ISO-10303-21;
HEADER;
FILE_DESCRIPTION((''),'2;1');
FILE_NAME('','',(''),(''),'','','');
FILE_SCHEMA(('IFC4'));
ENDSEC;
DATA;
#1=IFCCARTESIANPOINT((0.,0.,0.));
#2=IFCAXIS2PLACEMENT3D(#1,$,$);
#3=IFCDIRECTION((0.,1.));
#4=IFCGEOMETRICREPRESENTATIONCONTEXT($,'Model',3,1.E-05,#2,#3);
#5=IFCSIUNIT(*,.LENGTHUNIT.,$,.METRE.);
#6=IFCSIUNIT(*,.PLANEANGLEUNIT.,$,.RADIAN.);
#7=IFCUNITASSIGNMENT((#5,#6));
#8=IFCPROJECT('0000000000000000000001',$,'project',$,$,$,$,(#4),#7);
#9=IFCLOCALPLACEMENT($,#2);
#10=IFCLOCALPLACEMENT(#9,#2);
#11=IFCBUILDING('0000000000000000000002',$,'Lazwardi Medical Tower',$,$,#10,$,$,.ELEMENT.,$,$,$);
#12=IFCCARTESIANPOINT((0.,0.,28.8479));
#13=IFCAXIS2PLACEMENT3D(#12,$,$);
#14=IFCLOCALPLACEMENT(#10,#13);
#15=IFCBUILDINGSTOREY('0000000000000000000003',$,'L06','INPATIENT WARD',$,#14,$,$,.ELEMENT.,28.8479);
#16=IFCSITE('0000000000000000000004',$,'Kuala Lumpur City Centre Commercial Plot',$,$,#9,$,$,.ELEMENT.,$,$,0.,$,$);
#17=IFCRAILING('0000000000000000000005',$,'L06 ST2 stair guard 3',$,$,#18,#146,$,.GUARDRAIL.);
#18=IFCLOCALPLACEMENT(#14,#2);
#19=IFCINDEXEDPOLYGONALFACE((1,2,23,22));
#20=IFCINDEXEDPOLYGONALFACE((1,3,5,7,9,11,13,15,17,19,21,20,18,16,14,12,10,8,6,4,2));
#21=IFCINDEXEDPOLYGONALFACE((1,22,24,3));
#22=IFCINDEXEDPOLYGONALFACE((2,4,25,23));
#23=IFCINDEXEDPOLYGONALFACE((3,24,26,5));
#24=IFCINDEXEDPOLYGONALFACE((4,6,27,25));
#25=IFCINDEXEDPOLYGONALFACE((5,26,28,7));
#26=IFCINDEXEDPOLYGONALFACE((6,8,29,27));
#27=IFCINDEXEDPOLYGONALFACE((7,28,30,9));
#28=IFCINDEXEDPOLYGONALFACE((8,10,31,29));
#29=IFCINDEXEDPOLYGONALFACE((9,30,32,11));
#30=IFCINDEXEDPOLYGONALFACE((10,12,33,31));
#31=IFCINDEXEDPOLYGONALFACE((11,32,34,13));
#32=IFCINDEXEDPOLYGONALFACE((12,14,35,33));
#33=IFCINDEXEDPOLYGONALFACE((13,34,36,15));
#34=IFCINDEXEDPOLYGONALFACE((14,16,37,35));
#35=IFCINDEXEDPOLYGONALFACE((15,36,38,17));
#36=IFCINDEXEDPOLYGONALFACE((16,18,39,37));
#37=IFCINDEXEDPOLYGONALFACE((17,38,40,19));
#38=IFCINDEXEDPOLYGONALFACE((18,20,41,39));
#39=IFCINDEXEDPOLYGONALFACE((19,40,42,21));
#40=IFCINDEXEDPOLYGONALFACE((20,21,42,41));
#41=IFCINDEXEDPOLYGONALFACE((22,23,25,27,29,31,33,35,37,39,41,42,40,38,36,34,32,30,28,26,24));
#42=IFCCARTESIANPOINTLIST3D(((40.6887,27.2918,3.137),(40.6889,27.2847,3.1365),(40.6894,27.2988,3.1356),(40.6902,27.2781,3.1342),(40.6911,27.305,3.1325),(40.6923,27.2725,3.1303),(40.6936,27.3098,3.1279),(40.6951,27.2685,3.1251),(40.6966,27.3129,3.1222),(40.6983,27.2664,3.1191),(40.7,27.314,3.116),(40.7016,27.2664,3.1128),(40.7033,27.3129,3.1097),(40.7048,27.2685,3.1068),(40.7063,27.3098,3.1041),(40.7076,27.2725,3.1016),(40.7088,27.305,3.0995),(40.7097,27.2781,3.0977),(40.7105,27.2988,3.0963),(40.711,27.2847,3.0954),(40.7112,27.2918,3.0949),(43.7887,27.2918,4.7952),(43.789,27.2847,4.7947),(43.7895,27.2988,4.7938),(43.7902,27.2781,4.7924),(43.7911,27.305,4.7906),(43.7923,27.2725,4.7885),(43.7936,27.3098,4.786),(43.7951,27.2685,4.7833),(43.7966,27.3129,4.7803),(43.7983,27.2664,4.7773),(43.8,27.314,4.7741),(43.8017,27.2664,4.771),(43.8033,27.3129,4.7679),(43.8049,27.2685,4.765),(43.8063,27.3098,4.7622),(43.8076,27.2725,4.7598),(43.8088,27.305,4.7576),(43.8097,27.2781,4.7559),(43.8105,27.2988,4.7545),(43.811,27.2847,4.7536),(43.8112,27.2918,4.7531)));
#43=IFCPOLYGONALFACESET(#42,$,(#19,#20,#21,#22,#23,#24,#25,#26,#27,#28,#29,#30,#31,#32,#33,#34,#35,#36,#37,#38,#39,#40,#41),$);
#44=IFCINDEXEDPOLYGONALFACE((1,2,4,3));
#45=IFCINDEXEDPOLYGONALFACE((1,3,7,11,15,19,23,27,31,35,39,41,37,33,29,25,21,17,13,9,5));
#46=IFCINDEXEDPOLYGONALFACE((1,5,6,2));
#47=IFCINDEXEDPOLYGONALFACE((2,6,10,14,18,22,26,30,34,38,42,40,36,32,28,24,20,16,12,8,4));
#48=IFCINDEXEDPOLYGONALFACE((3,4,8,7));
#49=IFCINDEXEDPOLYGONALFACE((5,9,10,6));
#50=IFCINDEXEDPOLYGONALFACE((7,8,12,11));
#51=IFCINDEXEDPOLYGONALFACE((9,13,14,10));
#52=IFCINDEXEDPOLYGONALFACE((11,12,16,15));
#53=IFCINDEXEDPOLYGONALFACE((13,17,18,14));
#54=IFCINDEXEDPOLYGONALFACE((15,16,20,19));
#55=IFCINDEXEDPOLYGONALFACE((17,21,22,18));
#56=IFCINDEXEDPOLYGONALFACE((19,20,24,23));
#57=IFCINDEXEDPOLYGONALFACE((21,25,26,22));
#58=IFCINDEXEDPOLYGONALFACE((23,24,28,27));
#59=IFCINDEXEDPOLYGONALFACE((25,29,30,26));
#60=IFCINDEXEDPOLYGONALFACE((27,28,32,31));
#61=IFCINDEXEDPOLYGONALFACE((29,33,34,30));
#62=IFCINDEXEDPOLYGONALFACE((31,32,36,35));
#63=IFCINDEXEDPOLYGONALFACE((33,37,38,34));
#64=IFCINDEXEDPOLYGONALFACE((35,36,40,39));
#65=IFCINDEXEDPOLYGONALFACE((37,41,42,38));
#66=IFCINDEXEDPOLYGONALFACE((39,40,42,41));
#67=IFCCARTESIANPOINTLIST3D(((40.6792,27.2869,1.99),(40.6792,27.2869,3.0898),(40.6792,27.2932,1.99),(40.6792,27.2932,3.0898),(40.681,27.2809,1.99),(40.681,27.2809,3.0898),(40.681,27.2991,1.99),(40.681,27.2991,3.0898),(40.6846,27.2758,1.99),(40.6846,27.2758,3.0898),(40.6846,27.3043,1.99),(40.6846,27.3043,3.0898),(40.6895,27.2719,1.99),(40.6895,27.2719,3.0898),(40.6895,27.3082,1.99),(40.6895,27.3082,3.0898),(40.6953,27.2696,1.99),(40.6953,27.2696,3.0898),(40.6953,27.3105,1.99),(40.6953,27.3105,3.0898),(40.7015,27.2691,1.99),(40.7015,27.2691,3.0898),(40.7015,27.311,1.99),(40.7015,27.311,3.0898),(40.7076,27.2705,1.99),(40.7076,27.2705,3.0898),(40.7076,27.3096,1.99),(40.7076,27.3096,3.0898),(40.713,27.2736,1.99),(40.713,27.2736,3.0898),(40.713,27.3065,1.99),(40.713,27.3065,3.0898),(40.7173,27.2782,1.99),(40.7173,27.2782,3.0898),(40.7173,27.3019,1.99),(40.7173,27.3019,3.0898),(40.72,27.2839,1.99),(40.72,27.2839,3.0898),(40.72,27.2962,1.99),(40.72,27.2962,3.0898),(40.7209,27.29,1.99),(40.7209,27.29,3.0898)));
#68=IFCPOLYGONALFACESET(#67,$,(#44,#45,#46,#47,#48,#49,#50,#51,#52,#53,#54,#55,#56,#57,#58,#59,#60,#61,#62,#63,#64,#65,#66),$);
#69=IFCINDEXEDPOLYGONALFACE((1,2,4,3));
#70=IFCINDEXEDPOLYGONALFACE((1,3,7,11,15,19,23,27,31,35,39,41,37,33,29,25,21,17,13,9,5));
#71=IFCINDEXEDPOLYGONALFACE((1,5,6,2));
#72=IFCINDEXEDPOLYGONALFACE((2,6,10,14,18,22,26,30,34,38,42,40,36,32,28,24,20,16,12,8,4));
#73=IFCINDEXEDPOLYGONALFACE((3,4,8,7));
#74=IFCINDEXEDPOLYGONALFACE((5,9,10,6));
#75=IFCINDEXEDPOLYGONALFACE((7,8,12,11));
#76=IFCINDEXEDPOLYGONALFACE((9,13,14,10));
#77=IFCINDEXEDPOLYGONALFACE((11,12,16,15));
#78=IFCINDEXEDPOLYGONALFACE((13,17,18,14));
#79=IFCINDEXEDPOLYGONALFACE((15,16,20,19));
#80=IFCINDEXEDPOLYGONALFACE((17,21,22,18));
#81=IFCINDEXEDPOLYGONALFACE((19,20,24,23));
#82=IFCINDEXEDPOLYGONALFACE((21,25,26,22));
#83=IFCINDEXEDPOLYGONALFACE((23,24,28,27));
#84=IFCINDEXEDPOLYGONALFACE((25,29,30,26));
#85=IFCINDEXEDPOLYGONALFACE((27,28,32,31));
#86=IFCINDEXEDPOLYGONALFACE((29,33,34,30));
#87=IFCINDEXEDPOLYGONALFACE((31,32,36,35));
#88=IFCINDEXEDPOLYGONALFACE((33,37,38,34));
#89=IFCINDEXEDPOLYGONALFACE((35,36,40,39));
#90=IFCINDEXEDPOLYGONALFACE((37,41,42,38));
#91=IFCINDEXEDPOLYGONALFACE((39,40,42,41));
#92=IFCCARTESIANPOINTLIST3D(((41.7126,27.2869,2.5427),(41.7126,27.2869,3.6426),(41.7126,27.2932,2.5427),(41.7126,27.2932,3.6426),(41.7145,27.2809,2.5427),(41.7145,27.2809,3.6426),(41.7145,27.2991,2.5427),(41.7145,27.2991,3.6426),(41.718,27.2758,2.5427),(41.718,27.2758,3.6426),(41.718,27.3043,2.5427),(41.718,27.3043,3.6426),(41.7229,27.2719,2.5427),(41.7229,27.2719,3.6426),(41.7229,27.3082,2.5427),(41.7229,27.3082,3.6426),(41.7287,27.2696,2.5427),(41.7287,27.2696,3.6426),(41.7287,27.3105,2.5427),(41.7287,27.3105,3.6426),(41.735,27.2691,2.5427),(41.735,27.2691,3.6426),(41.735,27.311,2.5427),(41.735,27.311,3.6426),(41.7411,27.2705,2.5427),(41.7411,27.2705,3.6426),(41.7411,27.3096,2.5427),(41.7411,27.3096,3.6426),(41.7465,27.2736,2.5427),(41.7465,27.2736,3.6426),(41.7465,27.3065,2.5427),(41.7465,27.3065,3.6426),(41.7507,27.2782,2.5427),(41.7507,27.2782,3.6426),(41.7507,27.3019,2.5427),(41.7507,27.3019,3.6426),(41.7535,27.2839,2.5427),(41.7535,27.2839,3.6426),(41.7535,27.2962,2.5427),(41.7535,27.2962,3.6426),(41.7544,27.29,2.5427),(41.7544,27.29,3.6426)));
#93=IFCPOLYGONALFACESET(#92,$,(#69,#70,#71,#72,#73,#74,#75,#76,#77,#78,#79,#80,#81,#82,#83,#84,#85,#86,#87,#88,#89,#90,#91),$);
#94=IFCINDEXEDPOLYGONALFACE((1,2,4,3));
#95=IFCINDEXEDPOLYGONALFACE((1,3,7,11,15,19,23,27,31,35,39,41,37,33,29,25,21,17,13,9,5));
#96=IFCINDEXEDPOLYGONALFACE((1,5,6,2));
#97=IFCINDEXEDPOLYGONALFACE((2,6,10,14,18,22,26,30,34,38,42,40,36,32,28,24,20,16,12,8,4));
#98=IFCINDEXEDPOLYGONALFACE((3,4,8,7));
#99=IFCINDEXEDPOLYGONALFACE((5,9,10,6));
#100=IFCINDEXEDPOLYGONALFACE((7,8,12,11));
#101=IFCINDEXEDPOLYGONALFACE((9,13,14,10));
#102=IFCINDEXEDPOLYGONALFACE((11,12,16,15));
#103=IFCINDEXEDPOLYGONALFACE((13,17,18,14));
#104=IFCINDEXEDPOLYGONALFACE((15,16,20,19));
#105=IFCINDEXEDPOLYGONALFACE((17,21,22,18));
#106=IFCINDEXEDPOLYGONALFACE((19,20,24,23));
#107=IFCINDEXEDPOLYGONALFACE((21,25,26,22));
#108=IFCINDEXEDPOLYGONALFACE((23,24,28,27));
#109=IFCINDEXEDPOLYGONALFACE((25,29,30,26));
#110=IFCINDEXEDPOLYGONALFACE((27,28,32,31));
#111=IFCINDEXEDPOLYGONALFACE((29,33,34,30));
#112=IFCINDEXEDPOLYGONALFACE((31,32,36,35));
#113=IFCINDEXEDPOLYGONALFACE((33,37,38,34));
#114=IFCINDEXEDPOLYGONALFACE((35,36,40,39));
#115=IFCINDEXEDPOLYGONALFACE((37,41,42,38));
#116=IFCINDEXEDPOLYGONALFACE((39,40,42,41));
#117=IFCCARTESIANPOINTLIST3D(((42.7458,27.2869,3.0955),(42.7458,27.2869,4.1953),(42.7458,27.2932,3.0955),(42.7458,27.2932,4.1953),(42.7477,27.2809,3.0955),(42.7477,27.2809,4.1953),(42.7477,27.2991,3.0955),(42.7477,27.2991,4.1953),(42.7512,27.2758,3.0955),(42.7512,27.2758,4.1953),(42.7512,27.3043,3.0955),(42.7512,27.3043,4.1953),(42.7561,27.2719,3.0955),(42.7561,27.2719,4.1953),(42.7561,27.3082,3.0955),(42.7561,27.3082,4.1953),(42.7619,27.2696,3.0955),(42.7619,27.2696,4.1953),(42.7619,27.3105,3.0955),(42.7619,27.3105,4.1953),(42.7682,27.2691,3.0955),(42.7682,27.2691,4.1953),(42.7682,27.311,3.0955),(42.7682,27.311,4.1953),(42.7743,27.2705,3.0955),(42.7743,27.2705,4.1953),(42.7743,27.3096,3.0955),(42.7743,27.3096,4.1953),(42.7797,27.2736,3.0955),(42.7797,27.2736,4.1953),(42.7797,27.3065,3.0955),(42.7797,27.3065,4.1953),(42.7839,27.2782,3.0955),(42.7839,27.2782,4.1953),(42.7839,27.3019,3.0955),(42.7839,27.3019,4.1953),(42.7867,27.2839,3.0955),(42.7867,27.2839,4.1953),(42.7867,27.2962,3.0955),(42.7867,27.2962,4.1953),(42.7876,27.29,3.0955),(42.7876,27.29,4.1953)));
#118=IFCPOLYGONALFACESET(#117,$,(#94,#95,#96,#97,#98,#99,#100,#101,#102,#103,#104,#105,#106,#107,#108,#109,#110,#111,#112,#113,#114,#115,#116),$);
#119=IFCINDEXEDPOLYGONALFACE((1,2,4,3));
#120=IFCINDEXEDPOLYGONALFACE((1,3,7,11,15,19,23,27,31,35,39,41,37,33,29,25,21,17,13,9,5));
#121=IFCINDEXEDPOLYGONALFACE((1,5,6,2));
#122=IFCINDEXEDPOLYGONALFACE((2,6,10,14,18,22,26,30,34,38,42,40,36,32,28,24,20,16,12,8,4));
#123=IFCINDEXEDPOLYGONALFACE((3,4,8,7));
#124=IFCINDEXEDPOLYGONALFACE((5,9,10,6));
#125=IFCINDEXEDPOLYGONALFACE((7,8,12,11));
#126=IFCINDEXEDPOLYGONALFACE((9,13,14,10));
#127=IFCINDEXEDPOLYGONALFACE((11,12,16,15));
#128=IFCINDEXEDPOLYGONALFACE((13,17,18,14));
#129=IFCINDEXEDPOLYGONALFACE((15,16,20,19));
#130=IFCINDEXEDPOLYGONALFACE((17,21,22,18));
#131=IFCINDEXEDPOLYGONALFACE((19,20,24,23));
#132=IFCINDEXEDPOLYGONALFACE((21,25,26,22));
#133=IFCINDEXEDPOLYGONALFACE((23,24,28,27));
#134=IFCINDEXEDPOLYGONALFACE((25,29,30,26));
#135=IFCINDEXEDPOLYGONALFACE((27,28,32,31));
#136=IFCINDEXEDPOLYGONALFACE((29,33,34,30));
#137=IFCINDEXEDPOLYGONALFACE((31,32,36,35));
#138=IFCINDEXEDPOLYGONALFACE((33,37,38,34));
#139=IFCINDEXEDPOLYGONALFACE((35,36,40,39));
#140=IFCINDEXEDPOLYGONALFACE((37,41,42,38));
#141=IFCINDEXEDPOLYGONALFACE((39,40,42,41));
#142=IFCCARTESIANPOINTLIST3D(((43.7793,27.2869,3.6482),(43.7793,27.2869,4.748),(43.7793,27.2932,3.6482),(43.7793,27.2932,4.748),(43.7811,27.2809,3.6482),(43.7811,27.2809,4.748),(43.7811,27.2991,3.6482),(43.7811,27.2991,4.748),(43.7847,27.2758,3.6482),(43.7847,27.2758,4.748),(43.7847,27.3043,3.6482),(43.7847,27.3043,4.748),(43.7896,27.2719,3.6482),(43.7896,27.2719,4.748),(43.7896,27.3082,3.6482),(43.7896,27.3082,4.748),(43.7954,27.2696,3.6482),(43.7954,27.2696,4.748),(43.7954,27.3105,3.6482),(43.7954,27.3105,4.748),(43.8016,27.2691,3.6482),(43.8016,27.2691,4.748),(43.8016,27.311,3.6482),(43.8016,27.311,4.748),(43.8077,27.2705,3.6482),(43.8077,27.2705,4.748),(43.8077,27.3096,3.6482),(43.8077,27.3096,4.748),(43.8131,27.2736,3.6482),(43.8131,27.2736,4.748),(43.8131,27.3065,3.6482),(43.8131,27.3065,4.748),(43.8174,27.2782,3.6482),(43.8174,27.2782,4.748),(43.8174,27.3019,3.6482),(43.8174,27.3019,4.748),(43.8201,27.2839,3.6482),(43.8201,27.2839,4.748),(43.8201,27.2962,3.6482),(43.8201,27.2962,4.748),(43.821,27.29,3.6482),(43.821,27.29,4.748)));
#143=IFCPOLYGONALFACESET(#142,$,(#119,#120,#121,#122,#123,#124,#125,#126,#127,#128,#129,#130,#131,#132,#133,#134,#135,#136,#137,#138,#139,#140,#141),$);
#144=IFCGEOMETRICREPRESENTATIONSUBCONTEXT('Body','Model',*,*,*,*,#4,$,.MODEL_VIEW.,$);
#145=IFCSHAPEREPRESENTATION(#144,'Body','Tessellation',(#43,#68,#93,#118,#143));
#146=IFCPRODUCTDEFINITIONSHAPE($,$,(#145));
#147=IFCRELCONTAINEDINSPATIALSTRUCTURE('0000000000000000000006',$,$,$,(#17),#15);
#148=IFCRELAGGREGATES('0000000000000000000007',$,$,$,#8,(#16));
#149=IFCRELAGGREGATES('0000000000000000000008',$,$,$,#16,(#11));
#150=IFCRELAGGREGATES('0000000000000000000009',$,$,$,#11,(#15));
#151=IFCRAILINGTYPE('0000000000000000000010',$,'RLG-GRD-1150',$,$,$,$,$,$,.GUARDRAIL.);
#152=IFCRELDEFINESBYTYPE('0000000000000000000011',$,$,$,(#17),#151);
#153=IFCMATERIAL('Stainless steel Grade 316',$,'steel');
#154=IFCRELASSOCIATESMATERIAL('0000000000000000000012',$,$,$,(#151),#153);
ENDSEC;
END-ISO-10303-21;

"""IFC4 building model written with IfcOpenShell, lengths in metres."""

from ifc_helpers import new_model, si_unit, direction, frame, origin, origin_2d, place, context, subcontext, project, spatial, circle, extrude, material, type_object, element, save


model = new_model("IFC4")

# Units and contexts
model_context = context("Model", 3, precision=1e-05, world=origin(), true_north=direction((0.0, 1.0)))
body_context = subcontext(model_context, "Body", "Model", "MODEL_VIEW")
ifc_project = project(units=[si_unit("LENGTHUNIT", "METRE"), si_unit("PLANEANGLEUNIT", "RADIAN")], contexts=[model_context])

# Site, building, storey
site_placement = place(None, origin())
site = spatial("IfcSite", under=ifc_project, at=site_placement, Name="Kuala Lumpur City Centre Commercial Plot", CompositionType="ELEMENT", RefElevation=0.0)
building_placement = place(site_placement, origin())
building = spatial("IfcBuilding", under=site, at=building_placement, Name="Lazwardi Medical Tower", CompositionType="ELEMENT")
storey_placement = place(building_placement, frame((0.0, 0.0, 28.8479)))
storey = spatial("IfcBuildingStorey", under=building, at=storey_placement, Name="L06", Description="INPATIENT WARD", CompositionType="ELEMENT", Elevation=28.8479)

# Railing
ifc_material_1 = material(Name="Stainless steel Grade 316", Category="steel")
railing_type_1 = type_object("IfcRailingType", Name="RLG-GRD-1150", PredefinedType="GUARDRAIL", material=ifc_material_1)
railing_1_placement = place(storey_placement, frame((40.7, 27.29, 1.99)))
element("IfcRailing", 1, at=railing_1_placement, inside=storey, type_object=railing_type_1, Name="L06 ST2 stair guard 3", PredefinedType="GUARDRAIL", context=body_context, shape_type="SweptSolid", body=[
    extrude(circle(Radius=0.0239, at=origin_2d()), frame((0.0, 0.0, 1.126), z_axis=(0.881783, 0.0, 0.471655), x_axis=(0.0, 1.0, 0.0)), (0.0, 0.0, 1.0), 3.5156),
    extrude(circle(Radius=0.021, at=origin_2d()), origin(), (0.0, 0.0, 1.0), 1.0999),
    extrude(circle(Radius=0.021, at=origin_2d()), frame((1.0334, 0.0, 0.5527)), (0.0, 0.0, 1.0), 1.0999),
    extrude(circle(Radius=0.021, at=origin_2d()), frame((2.0667, 0.0, 1.1055)), (0.0, 0.0, 1.0), 1.0999),
    extrude(circle(Radius=0.021, at=origin_2d()), frame((3.1001, 0.0, 1.6582)), (0.0, 0.0, 1.0), 1.0999),
])

save(model, "model.ifc")
